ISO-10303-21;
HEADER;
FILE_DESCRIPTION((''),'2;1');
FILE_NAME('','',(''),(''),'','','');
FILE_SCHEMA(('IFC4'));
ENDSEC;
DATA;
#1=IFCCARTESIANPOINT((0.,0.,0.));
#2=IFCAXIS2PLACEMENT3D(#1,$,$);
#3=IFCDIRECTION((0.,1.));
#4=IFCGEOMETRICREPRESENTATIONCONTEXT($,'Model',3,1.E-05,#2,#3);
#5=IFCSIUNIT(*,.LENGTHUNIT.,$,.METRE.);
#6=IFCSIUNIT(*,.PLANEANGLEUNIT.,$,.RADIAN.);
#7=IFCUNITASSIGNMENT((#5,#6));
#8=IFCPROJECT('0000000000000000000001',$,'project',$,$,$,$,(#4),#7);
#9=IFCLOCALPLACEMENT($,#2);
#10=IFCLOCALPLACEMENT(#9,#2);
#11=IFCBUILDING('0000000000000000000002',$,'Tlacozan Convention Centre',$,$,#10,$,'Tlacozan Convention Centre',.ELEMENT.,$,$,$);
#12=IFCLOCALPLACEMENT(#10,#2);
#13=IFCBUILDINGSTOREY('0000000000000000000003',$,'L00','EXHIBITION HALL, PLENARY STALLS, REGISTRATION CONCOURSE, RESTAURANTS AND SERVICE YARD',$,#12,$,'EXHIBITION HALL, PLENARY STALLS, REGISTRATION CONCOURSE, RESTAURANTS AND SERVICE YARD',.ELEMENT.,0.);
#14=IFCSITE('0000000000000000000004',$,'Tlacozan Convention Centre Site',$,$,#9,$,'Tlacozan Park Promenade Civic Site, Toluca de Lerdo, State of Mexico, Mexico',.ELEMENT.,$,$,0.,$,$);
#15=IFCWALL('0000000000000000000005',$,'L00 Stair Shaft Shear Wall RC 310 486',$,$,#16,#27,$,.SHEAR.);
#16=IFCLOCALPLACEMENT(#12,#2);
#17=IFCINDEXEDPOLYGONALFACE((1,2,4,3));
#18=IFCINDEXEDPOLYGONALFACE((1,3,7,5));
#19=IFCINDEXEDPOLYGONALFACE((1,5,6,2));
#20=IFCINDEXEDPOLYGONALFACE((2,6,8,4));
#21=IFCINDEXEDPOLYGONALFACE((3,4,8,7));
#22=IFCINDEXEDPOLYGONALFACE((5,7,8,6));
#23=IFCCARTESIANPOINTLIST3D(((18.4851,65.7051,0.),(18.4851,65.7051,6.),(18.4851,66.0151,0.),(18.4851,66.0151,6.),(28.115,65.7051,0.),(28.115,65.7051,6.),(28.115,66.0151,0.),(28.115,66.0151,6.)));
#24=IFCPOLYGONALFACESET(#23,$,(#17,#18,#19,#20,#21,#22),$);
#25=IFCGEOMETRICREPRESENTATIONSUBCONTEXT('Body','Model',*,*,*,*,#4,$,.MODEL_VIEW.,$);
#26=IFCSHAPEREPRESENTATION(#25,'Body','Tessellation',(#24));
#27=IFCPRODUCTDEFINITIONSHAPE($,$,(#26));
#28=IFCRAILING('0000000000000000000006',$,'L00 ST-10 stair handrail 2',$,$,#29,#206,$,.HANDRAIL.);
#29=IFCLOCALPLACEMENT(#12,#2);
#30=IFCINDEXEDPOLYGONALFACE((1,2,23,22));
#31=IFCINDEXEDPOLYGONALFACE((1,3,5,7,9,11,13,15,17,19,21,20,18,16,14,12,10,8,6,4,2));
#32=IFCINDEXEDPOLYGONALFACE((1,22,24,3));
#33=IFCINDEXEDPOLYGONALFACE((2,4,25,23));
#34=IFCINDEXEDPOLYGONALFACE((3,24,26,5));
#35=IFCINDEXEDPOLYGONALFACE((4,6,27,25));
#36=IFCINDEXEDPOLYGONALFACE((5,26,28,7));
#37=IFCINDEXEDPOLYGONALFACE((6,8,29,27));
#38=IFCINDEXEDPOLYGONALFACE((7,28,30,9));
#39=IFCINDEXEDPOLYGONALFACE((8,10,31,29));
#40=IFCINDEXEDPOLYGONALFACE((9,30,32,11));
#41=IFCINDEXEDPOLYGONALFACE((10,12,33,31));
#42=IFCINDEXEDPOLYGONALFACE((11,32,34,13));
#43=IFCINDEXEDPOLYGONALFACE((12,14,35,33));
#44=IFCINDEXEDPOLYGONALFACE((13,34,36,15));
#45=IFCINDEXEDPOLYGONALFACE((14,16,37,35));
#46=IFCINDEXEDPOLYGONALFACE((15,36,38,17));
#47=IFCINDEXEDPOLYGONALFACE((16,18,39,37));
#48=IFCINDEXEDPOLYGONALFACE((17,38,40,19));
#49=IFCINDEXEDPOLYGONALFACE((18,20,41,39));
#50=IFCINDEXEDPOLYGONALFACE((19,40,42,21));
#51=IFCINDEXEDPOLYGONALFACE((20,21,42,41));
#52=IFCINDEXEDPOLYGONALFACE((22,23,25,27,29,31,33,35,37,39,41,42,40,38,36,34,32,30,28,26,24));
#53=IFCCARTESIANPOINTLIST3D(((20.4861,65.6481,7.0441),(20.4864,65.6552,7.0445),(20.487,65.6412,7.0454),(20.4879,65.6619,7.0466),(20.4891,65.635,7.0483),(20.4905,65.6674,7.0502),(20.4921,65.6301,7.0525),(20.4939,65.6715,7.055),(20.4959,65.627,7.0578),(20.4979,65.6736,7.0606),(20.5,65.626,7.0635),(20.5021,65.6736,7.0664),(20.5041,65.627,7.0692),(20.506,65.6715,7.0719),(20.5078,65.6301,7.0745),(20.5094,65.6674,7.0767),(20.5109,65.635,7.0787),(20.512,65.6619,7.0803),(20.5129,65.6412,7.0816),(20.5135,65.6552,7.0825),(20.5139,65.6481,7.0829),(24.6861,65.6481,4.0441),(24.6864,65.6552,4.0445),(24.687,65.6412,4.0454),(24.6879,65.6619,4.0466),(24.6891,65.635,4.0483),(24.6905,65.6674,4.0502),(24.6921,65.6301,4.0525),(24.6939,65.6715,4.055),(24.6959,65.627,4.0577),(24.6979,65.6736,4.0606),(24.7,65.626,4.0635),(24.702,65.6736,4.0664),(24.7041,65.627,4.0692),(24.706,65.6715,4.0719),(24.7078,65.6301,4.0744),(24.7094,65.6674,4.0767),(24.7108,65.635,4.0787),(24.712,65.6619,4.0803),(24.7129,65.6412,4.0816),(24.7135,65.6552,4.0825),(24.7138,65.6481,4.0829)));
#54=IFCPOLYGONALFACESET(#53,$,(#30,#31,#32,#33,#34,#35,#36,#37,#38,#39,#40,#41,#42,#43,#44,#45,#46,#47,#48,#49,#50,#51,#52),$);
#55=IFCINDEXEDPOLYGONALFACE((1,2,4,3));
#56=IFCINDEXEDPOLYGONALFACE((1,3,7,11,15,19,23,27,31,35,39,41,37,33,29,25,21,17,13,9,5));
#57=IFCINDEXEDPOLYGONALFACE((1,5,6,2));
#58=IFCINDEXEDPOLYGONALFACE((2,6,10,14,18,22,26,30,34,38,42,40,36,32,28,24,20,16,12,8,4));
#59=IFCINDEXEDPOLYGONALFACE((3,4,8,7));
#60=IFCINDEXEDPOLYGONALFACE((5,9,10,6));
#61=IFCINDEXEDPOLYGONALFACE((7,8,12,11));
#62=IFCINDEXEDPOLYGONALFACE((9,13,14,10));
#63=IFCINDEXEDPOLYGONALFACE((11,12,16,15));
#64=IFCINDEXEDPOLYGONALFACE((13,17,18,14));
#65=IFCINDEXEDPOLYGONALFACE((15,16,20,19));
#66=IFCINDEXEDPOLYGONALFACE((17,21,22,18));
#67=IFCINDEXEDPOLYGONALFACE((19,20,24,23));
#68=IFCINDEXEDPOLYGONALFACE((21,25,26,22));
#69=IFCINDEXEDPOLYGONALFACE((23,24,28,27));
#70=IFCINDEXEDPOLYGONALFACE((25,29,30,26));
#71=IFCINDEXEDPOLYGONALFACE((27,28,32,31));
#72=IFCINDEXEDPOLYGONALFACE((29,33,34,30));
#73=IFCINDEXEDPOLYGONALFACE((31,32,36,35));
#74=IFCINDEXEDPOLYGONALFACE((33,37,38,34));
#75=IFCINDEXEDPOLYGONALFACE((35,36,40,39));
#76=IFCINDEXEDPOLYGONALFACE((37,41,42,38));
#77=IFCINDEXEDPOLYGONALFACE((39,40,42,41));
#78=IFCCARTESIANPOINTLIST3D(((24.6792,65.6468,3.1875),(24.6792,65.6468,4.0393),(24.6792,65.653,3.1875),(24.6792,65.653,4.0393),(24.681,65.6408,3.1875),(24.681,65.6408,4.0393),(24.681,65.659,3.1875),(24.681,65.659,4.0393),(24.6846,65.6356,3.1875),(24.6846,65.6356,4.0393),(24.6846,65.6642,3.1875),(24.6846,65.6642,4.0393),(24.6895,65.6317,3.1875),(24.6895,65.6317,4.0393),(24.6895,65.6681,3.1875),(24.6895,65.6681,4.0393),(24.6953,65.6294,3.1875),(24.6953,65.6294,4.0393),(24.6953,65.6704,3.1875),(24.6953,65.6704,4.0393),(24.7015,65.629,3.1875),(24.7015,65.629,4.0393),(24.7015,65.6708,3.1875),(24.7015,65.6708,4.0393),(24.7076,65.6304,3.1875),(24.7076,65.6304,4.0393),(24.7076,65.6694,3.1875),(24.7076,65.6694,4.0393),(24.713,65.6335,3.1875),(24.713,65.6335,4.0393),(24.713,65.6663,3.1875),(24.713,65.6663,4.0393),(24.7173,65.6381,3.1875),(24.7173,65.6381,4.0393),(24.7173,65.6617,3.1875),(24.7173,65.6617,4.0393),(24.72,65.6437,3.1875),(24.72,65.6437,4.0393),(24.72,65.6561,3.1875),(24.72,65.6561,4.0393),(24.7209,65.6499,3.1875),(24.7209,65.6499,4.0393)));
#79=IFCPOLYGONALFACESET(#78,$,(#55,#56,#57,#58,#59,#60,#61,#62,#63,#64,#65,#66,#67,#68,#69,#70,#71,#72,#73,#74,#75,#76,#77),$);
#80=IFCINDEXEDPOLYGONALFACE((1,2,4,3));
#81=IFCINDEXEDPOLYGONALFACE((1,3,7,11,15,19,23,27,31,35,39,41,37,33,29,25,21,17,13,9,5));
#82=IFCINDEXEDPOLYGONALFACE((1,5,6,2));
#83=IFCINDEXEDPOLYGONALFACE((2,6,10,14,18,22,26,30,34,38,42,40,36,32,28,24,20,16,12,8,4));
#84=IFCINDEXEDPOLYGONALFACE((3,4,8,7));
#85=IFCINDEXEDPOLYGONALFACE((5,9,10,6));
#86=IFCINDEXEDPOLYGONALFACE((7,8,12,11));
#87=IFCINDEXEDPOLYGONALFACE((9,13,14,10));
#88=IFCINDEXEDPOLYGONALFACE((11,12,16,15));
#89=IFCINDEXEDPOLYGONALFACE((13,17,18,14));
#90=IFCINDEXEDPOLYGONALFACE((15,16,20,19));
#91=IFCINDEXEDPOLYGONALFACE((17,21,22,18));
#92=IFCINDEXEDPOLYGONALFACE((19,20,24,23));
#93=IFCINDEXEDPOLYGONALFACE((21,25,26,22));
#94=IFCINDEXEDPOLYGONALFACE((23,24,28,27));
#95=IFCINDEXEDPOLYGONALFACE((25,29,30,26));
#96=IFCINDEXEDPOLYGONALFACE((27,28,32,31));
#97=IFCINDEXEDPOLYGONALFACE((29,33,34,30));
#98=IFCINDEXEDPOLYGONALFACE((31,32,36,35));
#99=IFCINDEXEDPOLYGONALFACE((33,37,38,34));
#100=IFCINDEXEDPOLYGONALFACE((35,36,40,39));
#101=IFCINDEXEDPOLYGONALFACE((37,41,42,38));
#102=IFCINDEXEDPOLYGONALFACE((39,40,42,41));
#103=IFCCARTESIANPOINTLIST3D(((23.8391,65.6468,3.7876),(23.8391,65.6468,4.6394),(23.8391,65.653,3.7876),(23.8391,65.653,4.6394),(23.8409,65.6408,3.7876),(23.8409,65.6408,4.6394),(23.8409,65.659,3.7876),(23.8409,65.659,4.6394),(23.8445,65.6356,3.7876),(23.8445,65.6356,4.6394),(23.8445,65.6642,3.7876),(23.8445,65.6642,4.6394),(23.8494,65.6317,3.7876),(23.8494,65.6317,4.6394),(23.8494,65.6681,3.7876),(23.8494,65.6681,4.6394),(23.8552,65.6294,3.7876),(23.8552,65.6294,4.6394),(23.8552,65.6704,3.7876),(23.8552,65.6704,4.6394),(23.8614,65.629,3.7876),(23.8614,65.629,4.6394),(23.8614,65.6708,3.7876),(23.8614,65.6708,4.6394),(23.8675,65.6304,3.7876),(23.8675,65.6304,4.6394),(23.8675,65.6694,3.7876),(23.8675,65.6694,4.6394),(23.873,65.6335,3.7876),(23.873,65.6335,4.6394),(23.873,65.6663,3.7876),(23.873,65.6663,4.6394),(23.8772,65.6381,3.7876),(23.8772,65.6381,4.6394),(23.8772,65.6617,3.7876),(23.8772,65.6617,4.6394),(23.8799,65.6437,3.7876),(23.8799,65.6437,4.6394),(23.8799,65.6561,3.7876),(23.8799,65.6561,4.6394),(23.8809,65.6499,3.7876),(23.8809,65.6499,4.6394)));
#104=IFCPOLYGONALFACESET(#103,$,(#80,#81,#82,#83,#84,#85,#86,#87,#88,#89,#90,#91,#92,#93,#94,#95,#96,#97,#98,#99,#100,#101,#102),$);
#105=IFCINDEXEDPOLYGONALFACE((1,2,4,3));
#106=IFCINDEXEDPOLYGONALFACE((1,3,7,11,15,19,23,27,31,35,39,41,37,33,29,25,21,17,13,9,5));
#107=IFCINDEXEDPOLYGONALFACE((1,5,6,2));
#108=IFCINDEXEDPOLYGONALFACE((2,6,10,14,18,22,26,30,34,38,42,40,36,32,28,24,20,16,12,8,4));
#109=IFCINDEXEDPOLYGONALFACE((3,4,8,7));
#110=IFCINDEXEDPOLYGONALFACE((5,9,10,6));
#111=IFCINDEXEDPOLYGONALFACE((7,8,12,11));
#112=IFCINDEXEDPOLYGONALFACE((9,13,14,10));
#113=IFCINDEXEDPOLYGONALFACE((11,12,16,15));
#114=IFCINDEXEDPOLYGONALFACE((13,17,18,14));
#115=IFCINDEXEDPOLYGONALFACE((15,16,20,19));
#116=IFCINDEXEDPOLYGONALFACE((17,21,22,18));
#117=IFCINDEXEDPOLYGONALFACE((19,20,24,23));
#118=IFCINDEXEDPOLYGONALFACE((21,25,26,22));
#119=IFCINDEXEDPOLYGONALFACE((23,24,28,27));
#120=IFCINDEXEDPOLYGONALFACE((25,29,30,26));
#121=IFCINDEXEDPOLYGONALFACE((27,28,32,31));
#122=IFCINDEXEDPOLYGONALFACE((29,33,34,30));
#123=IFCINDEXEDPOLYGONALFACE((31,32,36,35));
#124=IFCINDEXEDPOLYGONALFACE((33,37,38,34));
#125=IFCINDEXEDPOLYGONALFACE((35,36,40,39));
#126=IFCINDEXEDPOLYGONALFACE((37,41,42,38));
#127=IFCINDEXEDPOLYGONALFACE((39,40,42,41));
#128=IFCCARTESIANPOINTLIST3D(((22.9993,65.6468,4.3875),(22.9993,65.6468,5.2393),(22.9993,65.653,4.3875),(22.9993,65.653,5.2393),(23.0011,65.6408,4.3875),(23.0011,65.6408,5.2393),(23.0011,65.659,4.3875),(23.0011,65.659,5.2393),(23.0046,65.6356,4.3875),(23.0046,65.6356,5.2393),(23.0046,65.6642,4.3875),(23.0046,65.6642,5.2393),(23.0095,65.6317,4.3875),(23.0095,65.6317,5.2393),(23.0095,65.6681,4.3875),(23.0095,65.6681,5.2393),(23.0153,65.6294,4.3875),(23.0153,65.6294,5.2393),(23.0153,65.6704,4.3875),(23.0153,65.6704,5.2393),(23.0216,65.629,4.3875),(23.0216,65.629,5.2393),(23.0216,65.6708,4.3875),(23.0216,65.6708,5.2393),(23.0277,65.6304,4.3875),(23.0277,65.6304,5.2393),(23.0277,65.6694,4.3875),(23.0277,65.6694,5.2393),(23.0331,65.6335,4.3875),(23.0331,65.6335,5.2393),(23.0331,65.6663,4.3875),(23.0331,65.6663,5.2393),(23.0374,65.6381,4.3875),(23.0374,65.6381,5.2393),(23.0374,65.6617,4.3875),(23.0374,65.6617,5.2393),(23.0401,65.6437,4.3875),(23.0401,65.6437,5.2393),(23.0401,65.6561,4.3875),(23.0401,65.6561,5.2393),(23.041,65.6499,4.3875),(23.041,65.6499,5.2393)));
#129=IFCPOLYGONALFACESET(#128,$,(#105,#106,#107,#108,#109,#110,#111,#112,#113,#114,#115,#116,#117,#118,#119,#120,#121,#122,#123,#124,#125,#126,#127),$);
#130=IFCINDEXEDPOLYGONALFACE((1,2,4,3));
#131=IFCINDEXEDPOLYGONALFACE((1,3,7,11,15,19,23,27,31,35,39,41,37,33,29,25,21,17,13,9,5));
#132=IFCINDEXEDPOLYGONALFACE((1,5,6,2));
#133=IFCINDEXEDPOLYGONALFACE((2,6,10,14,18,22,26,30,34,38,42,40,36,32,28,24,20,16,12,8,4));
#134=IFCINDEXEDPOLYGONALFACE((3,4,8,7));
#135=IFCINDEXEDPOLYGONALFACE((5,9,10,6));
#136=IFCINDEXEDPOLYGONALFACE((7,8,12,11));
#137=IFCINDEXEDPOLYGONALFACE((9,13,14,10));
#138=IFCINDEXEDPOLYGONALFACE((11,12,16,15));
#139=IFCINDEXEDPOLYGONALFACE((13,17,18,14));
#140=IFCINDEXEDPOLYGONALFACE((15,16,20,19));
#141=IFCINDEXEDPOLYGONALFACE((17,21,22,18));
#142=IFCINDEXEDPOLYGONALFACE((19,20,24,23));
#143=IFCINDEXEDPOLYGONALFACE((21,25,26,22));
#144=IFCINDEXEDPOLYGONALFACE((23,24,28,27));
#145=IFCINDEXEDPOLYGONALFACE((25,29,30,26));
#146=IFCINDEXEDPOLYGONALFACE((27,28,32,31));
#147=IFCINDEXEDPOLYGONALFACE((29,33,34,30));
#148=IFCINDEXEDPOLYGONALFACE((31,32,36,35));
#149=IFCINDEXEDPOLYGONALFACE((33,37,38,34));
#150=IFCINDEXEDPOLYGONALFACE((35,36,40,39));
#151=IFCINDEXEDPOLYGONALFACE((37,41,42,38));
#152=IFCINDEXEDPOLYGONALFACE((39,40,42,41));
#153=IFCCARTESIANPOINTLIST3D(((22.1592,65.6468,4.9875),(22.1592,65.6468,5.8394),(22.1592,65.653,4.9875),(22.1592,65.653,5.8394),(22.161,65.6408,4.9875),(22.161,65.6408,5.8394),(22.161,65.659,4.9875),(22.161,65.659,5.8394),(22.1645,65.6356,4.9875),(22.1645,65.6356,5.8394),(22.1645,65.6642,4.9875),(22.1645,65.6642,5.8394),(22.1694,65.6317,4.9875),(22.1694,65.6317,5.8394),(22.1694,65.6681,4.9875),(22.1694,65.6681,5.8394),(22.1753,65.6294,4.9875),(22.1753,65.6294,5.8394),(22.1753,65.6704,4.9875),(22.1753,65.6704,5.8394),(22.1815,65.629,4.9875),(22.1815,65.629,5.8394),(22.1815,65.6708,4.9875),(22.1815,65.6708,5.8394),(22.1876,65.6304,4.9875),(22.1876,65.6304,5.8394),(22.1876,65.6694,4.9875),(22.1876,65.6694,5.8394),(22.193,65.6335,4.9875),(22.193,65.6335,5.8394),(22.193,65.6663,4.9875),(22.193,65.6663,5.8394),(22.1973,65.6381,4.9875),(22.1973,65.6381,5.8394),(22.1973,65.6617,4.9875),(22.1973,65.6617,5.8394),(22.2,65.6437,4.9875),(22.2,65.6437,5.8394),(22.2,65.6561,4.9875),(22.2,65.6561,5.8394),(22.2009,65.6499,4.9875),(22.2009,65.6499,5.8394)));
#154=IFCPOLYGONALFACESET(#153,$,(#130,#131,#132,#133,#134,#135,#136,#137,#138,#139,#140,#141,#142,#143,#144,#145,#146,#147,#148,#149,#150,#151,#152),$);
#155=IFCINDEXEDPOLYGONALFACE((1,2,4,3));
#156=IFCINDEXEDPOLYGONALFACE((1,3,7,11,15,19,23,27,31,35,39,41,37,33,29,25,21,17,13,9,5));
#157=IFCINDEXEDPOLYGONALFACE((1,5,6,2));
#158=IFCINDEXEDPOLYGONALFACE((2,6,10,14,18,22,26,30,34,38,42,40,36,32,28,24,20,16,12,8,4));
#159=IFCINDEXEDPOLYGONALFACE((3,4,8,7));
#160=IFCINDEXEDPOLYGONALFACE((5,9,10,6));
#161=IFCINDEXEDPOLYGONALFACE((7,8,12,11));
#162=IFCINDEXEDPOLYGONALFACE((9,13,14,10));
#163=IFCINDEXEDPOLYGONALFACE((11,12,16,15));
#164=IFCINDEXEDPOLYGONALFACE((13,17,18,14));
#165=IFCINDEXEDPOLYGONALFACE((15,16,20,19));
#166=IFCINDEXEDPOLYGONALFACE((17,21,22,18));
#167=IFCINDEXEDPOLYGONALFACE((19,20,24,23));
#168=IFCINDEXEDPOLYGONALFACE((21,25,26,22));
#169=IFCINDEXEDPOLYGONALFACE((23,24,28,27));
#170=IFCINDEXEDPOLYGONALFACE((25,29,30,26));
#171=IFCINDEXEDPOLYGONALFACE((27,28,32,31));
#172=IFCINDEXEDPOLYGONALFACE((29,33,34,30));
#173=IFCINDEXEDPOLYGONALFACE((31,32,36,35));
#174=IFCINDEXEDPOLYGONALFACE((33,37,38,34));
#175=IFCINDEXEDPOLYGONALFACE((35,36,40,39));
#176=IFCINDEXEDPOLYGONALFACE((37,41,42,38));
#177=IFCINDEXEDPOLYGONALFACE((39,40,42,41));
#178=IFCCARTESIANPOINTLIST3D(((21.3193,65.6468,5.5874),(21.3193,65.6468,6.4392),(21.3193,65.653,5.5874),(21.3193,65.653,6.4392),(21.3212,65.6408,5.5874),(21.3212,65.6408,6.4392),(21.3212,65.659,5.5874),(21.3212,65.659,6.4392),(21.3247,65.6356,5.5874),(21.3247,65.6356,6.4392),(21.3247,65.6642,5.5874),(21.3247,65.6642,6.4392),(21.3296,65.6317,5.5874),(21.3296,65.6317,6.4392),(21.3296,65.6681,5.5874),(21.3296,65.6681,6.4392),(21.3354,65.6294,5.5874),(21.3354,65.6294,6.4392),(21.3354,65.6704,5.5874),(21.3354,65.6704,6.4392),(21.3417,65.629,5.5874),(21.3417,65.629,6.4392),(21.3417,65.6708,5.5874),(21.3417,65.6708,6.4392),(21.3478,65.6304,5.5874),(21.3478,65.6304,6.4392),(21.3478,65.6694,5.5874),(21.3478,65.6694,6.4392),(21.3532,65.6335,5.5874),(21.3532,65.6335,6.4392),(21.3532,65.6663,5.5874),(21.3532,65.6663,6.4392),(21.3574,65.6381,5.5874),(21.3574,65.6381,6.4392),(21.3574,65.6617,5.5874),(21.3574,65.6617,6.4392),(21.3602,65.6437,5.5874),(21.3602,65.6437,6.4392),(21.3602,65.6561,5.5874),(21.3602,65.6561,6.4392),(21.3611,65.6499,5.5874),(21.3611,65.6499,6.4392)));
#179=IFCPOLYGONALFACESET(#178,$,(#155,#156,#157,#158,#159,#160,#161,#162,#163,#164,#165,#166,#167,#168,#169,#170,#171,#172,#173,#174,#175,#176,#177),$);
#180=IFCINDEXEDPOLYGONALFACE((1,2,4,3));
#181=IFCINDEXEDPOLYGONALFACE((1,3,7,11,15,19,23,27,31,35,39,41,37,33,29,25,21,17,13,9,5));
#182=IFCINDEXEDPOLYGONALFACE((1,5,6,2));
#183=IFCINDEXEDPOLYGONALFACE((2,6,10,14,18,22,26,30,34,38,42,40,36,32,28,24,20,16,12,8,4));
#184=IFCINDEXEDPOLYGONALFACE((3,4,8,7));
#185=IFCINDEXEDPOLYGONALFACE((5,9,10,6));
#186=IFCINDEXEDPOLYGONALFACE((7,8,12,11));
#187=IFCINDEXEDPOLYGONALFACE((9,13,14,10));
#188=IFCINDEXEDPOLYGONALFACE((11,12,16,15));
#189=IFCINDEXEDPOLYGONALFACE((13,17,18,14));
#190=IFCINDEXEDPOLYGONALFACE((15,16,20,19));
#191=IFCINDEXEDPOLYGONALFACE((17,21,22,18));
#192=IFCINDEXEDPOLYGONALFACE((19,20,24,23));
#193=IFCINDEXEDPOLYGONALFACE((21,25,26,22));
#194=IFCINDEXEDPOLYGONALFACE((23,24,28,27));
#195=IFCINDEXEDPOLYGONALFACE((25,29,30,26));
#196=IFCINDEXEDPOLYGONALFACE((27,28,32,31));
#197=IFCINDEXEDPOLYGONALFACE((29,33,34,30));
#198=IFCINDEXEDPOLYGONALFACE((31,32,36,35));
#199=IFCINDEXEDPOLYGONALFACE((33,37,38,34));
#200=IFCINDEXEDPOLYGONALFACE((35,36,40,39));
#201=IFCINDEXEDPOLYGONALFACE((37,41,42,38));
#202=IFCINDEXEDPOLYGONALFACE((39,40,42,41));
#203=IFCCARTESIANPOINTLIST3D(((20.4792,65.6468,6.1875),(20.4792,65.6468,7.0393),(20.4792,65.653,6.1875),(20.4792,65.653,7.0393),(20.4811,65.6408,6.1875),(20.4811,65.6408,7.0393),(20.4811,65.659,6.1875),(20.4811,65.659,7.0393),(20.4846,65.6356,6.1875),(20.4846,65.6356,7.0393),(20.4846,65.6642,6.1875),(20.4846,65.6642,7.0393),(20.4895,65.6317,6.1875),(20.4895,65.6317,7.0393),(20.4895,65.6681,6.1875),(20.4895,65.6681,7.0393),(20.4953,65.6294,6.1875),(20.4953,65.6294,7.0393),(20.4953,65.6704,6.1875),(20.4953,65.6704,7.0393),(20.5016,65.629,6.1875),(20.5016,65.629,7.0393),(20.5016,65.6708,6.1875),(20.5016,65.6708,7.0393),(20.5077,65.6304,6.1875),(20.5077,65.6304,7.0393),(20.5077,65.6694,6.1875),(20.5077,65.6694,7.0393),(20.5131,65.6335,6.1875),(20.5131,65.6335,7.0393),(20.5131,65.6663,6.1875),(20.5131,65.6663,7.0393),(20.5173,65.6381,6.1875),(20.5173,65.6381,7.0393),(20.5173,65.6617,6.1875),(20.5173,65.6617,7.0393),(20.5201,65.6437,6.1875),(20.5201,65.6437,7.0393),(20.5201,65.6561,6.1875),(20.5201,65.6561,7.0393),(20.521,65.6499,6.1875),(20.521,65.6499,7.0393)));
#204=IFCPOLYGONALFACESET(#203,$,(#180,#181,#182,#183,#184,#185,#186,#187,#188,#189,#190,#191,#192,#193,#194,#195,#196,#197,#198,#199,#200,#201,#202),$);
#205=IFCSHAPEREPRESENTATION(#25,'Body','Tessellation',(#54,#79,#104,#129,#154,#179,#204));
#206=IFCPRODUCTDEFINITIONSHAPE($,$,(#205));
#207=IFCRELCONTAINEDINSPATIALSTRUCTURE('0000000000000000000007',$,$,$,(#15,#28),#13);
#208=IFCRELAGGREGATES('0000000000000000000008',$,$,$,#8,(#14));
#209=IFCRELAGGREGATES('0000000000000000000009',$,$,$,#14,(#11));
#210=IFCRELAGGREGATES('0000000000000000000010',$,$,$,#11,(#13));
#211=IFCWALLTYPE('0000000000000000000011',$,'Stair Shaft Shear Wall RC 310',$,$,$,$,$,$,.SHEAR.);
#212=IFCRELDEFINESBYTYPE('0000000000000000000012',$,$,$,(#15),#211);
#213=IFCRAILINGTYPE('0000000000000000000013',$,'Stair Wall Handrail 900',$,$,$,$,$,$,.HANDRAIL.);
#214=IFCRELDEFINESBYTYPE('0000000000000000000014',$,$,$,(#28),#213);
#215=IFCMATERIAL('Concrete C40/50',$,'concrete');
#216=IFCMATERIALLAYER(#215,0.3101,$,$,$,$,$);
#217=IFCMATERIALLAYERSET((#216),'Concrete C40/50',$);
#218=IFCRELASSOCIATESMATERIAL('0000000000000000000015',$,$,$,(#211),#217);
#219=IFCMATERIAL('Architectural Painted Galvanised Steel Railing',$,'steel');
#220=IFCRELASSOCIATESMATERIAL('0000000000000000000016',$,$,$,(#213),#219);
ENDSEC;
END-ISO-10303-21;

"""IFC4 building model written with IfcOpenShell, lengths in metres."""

from ifc_helpers import new_model, si_unit, direction, frame, frame_2d, origin, origin_2d, place, context, subcontext, project, spatial, rectangle, circle, extrude, material, layer, layer_set, type_object, element, save


model = new_model("IFC4")

# Units and contexts
model_context = context("Model", 3, precision=1e-05, world=origin(), true_north=direction((0.0, 1.0)))
body_context = subcontext(model_context, "Body", "Model", "MODEL_VIEW")
ifc_project = project(units=[si_unit("LENGTHUNIT", "METRE"), si_unit("PLANEANGLEUNIT", "RADIAN")], contexts=[model_context])

# Site, building, storey
site_placement = place(None, origin())
site = spatial("IfcSite", under=ifc_project, at=site_placement, Name="Tlacozan Convention Centre Site", LongName="Tlacozan Park Promenade Civic Site, Toluca de Lerdo, State of Mexico, Mexico", CompositionType="ELEMENT", RefElevation=0.0)
building_placement = place(site_placement, origin())
building = spatial("IfcBuilding", under=site, at=building_placement, Name="Tlacozan Convention Centre", LongName="Tlacozan Convention Centre", CompositionType="ELEMENT")
storey_placement = place(building_placement, origin())
storey = spatial("IfcBuildingStorey", under=building, at=storey_placement, Name="L00", Description="EXHIBITION HALL, PLENARY STALLS, REGISTRATION CONCOURSE, RESTAURANTS AND SERVICE YARD", LongName="EXHIBITION HALL, PLENARY STALLS, REGISTRATION CONCOURSE, RESTAURANTS AND SERVICE YARD", CompositionType="ELEMENT", Elevation=0.0)

# Shared definitions
ifc_material_1 = material(Name="Concrete C40/50", Category="concrete")

# Wall
ifc_layer_1 = layer(ifc_material_1, 0.3101)
ifc_layer_set_1 = layer_set([ifc_layer_1], Name="Concrete C40/50")
wall_type_1 = type_object("IfcWallType", Name="Stair Shaft Shear Wall RC 310", PredefinedType="SHEAR", material=ifc_layer_set_1)
wall_1_placement = place(storey_placement, frame((18.4851, 65.8601, 0.0), z_axis=(0.0, 0.0, 1.0), x_axis=(1.0, 0.0, 0.0)))
element("IfcWall", 1, at=wall_1_placement, inside=storey, type_object=wall_type_1, Name="L00 Stair Shaft Shear Wall RC 310 486", PredefinedType="SHEAR", context=body_context, shape_type="SweptSolid", body=[
    extrude(rectangle(XDim=9.6299, YDim=0.3101, at=frame_2d((4.8149, 0.0))), origin(), (0.0, 0.0, 1.0), 6.0),
])

# Railing
ifc_material_2 = material(Name="Architectural Painted Galvanised Steel Railing", Category="steel")
railing_type = type_object("IfcRailingType", Name="Stair Wall Handrail 900", PredefinedType="HANDRAIL", material=ifc_material_2)
railing_placement = place(storey_placement, frame((24.7, 65.6499, 3.1875)))
element("IfcRailing", 2, at=railing_placement, inside=storey, type_object=railing_type, Name="L00 ST-10 stair handrail 2", PredefinedType="HANDRAIL", context=body_context, shape_type="SweptSolid", body=[
    extrude(circle(Radius=0.0239, at=origin_2d()), frame((0.0, 0.0, 0.876), z_axis=(-0.81373, 0.0, 0.581243), x_axis=(0.0, -1.0, 0.0)), (0.0, 0.0, 1.0), 5.1614),
    extrude(circle(Radius=0.021, at=origin_2d()), origin(), (0.0, 0.0, 1.0), 0.8518),
    extrude(circle(Radius=0.021, at=origin_2d()), frame((-0.8401, 0.0, 0.6001)), (0.0, 0.0, 1.0), 0.8518),
    extrude(circle(Radius=0.021, at=origin_2d()), frame((-1.6799, 0.0, 1.2)), (0.0, 0.0, 1.0), 0.8518),
    extrude(circle(Radius=0.021, at=origin_2d()), frame((-2.52, 0.0, 1.8)), (0.0, 0.0, 1.0), 0.8518),
    extrude(circle(Radius=0.021, at=origin_2d()), frame((-3.3599, 0.0, 2.3999)), (0.0, 0.0, 1.0), 0.8518),
    extrude(circle(Radius=0.021, at=origin_2d()), frame((-4.2, 0.0, 3.0)), (0.0, 0.0, 1.0), 0.8518),
])

save(model, "model.ifc")
